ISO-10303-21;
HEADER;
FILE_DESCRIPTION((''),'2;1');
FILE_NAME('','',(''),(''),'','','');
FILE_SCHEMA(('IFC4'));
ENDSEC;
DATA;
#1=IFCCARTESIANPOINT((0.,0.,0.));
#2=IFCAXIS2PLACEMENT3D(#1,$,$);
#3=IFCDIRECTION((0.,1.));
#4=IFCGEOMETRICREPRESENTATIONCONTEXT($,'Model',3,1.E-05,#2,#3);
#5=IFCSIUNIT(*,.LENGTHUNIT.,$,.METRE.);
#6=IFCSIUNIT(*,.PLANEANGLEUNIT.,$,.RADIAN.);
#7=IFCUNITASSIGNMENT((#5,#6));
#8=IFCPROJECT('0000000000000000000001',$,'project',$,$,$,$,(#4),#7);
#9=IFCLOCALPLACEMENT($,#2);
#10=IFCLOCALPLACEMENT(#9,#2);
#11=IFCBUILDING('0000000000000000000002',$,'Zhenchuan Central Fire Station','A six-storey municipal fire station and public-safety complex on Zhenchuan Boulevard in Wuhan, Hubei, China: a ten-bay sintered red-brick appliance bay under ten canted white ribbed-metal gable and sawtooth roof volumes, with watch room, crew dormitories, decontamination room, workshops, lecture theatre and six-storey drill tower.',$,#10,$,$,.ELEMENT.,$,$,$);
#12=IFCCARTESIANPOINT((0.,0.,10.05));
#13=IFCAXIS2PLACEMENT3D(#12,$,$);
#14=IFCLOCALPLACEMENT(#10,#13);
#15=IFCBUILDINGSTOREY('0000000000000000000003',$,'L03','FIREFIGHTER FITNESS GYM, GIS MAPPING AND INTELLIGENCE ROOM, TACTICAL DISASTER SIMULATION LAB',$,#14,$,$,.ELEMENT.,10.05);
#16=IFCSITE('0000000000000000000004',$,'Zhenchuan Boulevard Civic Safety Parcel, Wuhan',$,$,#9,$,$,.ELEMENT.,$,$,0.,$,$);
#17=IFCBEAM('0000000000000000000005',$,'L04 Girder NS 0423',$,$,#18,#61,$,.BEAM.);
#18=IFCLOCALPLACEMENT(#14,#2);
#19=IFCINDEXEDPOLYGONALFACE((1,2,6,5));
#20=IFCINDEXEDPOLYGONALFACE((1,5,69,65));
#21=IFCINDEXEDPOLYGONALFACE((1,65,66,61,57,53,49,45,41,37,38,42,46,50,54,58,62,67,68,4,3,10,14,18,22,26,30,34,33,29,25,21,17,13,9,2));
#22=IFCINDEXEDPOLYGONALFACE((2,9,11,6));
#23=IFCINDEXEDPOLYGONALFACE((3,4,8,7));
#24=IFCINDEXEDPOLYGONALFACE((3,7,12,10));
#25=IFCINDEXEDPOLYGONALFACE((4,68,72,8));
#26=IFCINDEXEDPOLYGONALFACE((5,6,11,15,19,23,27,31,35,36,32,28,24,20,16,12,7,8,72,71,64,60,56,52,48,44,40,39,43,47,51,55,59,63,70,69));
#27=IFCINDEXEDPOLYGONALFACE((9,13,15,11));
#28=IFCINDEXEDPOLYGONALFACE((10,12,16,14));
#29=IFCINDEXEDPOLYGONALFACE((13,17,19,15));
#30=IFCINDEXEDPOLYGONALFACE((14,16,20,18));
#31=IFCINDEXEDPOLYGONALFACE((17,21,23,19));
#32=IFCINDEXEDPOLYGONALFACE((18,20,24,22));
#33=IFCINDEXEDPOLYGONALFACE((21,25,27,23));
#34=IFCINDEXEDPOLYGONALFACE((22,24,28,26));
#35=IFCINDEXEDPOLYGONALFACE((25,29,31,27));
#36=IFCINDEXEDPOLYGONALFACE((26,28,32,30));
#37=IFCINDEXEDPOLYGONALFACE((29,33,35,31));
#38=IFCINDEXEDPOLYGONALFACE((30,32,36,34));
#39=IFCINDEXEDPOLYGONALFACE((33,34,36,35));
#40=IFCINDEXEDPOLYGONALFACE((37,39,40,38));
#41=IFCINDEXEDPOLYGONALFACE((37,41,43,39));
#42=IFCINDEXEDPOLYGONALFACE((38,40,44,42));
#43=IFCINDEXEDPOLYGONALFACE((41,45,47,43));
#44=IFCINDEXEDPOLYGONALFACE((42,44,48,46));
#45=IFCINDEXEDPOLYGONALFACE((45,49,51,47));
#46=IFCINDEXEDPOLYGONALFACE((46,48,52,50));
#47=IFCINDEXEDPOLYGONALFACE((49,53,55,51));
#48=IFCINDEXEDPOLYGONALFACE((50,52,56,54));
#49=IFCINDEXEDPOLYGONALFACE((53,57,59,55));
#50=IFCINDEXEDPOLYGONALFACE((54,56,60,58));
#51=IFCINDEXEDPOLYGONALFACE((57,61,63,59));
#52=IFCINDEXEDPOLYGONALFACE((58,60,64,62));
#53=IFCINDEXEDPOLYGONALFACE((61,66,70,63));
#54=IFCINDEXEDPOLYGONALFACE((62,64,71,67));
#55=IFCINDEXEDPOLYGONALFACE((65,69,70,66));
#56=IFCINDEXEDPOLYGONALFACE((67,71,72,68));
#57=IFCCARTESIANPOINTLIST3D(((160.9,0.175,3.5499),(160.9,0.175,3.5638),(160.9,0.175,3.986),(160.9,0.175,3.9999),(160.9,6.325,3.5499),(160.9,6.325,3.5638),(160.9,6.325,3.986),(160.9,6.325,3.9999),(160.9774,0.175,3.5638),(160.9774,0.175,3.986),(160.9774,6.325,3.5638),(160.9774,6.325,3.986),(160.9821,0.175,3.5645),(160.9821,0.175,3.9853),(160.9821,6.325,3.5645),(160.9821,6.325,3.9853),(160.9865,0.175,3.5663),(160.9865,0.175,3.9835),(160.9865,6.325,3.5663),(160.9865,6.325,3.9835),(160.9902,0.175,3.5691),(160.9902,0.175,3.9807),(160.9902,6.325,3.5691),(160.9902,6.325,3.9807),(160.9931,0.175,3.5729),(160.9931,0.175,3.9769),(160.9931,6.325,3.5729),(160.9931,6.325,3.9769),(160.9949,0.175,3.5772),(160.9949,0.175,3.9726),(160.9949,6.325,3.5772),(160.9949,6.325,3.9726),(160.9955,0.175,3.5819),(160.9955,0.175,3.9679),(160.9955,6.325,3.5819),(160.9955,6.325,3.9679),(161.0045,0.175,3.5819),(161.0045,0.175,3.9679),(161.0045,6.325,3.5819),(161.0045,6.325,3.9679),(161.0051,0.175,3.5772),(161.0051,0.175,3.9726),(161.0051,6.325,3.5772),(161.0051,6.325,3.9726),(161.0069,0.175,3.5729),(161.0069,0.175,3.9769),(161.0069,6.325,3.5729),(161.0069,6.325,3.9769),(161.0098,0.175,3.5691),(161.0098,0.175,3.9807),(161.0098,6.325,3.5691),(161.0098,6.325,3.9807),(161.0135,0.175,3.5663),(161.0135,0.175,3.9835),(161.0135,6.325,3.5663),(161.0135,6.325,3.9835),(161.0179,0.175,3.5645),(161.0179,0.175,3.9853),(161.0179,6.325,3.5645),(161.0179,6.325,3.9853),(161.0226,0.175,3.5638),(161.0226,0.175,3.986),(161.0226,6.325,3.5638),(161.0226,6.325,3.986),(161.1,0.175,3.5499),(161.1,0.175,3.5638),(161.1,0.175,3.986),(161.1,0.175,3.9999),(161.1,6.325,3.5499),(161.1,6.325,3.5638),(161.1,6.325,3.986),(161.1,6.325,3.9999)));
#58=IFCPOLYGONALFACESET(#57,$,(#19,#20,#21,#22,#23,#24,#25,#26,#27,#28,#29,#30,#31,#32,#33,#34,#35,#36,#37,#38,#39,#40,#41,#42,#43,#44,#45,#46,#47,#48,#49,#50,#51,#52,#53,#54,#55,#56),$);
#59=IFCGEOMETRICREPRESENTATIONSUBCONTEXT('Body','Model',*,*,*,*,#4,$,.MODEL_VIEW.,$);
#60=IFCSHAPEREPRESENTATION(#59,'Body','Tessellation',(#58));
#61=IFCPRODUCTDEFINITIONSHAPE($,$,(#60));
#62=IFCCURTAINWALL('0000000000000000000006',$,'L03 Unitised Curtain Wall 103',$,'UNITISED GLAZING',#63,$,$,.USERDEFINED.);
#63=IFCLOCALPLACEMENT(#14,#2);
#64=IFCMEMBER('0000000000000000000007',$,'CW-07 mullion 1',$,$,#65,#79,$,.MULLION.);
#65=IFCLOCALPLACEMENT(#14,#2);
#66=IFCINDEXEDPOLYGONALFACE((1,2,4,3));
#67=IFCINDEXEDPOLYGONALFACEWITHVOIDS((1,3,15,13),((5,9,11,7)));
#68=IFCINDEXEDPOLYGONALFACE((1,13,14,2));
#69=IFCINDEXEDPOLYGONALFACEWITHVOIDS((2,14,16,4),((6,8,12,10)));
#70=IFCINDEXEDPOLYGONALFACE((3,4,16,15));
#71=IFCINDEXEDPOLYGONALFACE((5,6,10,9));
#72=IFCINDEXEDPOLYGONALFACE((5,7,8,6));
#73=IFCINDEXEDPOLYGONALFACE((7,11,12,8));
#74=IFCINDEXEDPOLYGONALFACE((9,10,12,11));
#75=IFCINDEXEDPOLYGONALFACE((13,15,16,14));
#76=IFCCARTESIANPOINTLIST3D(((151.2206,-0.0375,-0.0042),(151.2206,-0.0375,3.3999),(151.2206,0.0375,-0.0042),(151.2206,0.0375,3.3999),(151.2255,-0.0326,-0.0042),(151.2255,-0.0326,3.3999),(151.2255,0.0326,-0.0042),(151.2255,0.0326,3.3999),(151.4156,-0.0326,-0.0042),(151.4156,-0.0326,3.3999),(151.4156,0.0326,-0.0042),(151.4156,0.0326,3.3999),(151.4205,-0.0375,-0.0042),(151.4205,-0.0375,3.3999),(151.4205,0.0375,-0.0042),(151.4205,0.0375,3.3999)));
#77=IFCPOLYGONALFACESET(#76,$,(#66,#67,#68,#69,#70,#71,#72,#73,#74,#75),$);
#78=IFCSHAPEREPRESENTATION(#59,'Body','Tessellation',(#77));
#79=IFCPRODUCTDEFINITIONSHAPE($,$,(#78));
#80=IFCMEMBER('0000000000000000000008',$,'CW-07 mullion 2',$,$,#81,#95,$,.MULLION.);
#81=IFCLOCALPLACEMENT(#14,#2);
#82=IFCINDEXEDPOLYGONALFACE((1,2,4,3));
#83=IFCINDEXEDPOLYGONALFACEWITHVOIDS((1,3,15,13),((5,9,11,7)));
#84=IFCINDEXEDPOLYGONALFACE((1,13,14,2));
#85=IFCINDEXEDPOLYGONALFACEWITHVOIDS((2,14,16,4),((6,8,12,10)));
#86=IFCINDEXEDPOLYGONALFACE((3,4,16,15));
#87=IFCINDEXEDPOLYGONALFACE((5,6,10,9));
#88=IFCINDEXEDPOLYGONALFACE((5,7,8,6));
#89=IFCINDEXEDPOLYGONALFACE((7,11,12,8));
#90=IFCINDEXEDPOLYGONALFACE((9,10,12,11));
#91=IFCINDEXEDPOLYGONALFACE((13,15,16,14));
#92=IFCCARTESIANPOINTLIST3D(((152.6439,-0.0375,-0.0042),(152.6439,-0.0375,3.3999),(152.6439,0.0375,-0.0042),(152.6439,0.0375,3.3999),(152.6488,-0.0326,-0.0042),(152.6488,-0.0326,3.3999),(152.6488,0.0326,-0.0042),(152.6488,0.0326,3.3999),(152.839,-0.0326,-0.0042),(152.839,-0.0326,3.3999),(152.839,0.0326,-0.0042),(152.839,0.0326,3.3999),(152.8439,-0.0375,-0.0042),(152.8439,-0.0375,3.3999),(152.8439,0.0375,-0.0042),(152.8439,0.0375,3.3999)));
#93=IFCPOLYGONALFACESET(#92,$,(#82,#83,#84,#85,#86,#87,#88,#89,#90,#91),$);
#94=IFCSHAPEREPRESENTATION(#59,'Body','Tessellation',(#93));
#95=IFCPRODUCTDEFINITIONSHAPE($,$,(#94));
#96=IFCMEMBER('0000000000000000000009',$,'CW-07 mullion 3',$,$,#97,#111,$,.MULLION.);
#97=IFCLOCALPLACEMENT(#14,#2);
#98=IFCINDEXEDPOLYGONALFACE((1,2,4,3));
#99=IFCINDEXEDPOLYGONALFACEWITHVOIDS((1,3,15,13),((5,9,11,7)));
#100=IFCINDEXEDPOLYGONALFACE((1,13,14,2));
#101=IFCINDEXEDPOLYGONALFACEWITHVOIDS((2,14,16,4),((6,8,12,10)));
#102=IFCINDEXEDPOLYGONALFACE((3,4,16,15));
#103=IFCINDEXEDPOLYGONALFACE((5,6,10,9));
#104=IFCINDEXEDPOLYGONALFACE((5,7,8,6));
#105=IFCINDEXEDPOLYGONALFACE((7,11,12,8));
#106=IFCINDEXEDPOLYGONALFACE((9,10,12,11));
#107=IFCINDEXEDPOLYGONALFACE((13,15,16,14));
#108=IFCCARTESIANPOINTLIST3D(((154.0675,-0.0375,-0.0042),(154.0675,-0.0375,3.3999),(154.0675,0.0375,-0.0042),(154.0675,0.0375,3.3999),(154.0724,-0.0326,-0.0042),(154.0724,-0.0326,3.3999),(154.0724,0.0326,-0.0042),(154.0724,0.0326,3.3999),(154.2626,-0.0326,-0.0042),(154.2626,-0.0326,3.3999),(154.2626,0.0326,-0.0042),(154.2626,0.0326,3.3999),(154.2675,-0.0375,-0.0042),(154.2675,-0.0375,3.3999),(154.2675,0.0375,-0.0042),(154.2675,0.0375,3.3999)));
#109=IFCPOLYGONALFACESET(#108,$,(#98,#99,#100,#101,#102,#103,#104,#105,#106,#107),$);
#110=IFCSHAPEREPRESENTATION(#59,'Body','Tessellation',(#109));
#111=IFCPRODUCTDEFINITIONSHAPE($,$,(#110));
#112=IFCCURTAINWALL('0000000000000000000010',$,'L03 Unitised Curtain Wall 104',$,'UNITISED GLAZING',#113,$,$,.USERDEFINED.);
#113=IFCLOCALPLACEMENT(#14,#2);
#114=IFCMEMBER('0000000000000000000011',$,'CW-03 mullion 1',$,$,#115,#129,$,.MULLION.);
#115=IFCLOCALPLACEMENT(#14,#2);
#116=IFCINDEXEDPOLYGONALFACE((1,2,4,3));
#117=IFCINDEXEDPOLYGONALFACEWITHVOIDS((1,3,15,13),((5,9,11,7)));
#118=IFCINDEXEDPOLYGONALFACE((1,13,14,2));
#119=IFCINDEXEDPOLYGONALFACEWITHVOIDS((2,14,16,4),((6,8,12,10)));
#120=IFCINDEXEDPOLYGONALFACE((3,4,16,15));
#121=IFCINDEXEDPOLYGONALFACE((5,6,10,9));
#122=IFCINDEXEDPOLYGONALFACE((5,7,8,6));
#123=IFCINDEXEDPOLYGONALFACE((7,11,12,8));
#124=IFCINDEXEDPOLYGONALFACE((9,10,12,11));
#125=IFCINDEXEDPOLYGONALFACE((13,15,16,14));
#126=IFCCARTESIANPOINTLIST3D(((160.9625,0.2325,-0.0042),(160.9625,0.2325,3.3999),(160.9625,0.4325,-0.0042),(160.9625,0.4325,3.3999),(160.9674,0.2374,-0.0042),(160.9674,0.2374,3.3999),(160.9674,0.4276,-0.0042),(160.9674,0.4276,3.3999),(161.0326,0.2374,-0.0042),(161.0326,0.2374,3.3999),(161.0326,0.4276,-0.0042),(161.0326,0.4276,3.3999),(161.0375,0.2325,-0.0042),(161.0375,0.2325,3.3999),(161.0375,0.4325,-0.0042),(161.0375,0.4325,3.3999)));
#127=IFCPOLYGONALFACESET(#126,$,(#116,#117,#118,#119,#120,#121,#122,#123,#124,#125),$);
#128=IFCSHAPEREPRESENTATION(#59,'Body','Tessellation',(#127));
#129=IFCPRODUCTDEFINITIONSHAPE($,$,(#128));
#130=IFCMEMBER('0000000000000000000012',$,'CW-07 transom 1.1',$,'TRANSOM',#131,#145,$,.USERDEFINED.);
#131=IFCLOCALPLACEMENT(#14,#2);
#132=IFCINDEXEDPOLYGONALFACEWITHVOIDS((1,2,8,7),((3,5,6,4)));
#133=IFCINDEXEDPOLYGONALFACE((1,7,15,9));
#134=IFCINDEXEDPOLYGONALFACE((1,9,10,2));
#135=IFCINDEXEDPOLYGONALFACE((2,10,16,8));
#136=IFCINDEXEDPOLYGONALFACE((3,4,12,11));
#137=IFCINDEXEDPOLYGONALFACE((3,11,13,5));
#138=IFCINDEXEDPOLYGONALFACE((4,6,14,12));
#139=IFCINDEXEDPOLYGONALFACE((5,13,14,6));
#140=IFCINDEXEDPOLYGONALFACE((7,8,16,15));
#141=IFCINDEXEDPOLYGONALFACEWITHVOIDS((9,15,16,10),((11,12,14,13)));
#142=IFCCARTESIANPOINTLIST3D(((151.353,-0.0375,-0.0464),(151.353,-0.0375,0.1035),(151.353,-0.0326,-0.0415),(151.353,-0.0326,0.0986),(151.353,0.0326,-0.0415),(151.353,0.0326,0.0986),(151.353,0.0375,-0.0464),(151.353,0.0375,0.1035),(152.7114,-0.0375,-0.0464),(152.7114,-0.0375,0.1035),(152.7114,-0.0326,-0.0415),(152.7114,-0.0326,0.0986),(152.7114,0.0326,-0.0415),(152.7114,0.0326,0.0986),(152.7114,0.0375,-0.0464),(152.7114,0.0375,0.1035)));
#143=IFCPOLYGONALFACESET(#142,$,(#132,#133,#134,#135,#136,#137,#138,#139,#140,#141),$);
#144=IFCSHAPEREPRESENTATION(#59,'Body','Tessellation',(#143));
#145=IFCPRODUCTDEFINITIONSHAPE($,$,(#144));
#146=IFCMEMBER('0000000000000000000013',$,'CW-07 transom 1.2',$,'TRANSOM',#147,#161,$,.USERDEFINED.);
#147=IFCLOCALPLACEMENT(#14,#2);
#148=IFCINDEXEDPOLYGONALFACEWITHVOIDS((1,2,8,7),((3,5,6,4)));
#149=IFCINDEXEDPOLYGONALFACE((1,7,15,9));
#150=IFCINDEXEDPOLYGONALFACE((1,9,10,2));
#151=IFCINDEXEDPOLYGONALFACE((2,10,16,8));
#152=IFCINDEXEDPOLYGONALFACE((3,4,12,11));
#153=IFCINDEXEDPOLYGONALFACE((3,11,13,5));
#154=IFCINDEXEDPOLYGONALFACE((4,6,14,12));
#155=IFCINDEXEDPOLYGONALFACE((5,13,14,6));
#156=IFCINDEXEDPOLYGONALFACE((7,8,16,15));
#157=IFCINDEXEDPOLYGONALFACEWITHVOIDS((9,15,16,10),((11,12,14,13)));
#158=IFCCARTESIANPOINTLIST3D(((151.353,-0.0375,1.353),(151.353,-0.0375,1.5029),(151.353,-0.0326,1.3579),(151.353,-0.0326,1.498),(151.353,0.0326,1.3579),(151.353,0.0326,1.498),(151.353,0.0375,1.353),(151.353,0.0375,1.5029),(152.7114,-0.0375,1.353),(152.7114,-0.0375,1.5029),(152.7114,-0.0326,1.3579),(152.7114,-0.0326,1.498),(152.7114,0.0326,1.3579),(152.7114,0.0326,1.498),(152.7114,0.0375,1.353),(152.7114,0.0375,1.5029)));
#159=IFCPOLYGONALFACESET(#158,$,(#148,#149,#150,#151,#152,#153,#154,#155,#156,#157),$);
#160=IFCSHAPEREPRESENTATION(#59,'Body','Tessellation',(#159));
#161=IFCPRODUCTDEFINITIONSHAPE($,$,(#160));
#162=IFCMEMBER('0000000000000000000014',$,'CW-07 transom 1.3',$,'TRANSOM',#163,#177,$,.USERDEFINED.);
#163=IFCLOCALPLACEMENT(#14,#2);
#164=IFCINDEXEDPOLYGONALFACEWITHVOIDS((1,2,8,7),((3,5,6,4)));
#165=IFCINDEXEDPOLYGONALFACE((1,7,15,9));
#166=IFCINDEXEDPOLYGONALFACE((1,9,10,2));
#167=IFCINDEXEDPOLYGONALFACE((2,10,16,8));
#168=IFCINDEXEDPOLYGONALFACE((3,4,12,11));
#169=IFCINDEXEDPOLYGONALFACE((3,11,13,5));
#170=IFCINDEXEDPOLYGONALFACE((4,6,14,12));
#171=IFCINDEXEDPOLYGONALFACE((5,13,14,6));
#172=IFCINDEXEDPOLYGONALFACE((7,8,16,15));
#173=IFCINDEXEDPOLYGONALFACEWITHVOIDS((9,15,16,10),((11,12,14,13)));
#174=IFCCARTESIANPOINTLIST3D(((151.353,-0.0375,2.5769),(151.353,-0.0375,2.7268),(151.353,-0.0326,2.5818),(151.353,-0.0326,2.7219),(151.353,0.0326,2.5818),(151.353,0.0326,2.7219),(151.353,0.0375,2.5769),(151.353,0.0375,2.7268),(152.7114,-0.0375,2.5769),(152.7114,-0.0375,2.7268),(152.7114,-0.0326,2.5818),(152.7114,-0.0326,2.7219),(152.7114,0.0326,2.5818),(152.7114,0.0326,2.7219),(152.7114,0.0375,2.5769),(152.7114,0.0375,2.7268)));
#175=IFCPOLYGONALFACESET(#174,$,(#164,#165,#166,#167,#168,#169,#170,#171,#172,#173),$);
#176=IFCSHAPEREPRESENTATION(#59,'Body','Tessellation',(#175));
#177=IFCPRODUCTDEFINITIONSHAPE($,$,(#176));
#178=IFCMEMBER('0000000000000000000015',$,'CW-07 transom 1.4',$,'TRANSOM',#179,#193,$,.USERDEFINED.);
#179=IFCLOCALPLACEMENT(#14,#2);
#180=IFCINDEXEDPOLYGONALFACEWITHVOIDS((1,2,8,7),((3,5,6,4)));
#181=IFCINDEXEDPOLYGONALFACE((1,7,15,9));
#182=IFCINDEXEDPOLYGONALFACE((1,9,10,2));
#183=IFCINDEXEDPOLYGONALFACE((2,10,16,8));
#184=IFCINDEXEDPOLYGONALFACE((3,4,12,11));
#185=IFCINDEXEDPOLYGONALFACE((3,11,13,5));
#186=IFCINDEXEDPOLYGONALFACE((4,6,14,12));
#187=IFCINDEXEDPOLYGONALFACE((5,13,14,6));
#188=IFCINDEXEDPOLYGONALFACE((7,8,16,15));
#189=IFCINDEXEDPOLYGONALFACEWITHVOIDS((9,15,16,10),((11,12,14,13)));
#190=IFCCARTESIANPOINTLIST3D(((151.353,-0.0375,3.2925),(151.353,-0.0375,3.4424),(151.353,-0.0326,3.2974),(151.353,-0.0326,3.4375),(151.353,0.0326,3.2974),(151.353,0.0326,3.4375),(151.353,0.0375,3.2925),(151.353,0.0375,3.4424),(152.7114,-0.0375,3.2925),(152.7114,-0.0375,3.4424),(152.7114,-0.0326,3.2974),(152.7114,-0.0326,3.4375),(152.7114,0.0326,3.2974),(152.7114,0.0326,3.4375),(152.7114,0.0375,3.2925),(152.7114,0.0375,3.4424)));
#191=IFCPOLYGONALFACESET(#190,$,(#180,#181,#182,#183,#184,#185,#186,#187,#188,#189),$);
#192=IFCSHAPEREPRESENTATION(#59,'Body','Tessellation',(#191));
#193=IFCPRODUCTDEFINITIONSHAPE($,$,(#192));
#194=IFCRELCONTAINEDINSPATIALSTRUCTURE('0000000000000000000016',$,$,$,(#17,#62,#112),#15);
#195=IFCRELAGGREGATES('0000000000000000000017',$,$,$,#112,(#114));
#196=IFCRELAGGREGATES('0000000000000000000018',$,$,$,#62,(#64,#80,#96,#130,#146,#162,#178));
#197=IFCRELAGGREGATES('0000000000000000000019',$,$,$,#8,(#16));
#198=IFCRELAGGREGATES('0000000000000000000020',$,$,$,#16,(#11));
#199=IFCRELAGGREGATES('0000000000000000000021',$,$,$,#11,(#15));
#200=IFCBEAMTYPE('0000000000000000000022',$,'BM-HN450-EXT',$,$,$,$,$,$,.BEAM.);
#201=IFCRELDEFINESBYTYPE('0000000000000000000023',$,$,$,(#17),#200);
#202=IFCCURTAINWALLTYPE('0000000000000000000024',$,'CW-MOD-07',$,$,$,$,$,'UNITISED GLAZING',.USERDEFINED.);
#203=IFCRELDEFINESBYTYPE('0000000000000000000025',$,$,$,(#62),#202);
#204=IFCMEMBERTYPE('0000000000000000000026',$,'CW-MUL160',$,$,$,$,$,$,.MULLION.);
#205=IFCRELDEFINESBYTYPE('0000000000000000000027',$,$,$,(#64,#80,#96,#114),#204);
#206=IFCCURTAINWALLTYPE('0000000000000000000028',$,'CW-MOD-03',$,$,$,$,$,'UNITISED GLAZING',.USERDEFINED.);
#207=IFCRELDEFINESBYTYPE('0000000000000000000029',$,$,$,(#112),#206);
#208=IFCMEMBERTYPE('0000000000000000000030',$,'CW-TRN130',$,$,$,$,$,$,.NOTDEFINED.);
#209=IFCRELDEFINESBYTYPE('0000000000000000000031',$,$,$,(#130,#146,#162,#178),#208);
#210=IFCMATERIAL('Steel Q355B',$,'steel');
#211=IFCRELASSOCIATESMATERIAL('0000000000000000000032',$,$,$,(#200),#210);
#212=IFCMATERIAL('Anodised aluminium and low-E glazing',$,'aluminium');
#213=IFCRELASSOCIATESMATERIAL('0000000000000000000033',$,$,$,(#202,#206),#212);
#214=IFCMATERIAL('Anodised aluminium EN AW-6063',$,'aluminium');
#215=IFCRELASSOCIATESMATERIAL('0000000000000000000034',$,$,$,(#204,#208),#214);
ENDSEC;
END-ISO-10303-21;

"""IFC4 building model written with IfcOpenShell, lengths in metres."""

from ifc_helpers import new_model, si_unit, direction, frame, origin, origin_2d, place, context, subcontext, project, spatial, hollow_rectangle, i_section, extrude, material, material_profile, profile_set, type_object, element, aggregate, save


model = new_model("IFC4")

# Units and contexts
model_context = context("Model", 3, precision=1e-05, world=origin(), true_north=direction((0.0, 1.0)))
body_context = subcontext(model_context, "Body", "Model", "MODEL_VIEW")
ifc_project = project(units=[si_unit("LENGTHUNIT", "METRE"), si_unit("PLANEANGLEUNIT", "RADIAN")], contexts=[model_context])

# Site, building, storey
site_placement = place(None, origin())
site = spatial("IfcSite", under=ifc_project, at=site_placement, Name="Zhenchuan Boulevard Civic Safety Parcel, Wuhan", CompositionType="ELEMENT", RefElevation=0.0)
building_placement = place(site_placement, origin())
building = spatial("IfcBuilding", under=site, at=building_placement, Name="Zhenchuan Central Fire Station", Description="A six-storey municipal fire station and public-safety complex on Zhenchuan Boulevard in Wuhan, Hubei, China: a ten-bay sintered red-brick appliance bay under ten canted white ribbed-metal gable and sawtooth roof volumes, with watch room, crew dormitories, decontamination room, workshops, lecture theatre and six-storey drill tower.", CompositionType="ELEMENT")
storey_placement = place(building_placement, frame((0.0, 0.0, 10.05)))
storey = spatial("IfcBuildingStorey", under=building, at=storey_placement, Name="L03", Description="FIREFIGHTER FITNESS GYM, GIS MAPPING AND INTELLIGENCE ROOM, TACTICAL DISASTER SIMULATION LAB", CompositionType="ELEMENT", Elevation=10.05)

# Shared definitions
ifc_material_1 = material(Name="Steel Q355B", Category="steel")

# Beam
ifc_material_profile_1 = material_profile(ifc_material_1, i_section(OverallWidth=0.2, OverallDepth=0.45, WebThickness=0.009, FlangeThickness=0.0139, FilletRadius=0.0181, at=origin_2d()), Name="HN 450x200")
ifc_profile_set_1 = profile_set([ifc_material_profile_1], Name="Steel Q355B")
beam_type_1 = type_object("IfcBeamType", Name="BM-HN450-EXT", PredefinedType="BEAM", material=ifc_profile_set_1)
beam_1_placement = place(storey_placement, frame((161.0, 0.175, 3.7749), z_axis=(0.0, 1.0, 0.0), x_axis=(-1.0, 0.0, 0.0)))
element("IfcBeam", 1, at=beam_1_placement, inside=storey, type_object=beam_type_1, Name="L04 Girder NS 0423", PredefinedType="BEAM", context=body_context, shape_type="SweptSolid", body=[
    extrude(i_section(OverallWidth=0.2, OverallDepth=0.45, WebThickness=0.009, FlangeThickness=0.0139, FilletRadius=0.0181, at=origin_2d()), origin(), (0.0, 0.0, 1.0), 6.1499),
])

# Curtain wall, members
ifc_material_2 = material(Name="Anodised aluminium and low-E glazing", Category="aluminium")
curtain_wall_type_1 = type_object("IfcCurtainWallType", Name="CW-MOD-07", ElementType="UNITISED GLAZING", PredefinedType="USERDEFINED", material=ifc_material_2)
curtain_wall_1_placement = place(storey_placement, origin())
curtain_wall_1 = element("IfcCurtainWall", 2, at=curtain_wall_1_placement, inside=storey, type_object=curtain_wall_type_1, Name="L03 Unitised Curtain Wall 103", ObjectType="UNITISED GLAZING", PredefinedType="USERDEFINED")
ifc_material_3 = material(Name="Anodised aluminium EN AW-6063", Category="aluminium")
ifc_material_profile_2 = material_profile(ifc_material_3, hollow_rectangle(XDim=0.075, YDim=0.2, WallThickness=0.0049, at=origin_2d()), Name="ALU-M 200x75")
ifc_profile_set_2 = profile_set([ifc_material_profile_2], Name="Anodised aluminium EN AW-6063")
member_type_1 = type_object("IfcMemberType", Name="CW-MUL160", PredefinedType="MULLION", material=ifc_profile_set_2)
member_1_placement = place(storey_placement, frame((151.3206, 0.0, -0.0042), z_axis=(0.0, 0.0, 1.0), x_axis=(0.0, 1.0, 0.0)))
member_1 = element("IfcMember", 3, at=member_1_placement, type_object=member_type_1, Name="CW-07 mullion 1", PredefinedType="MULLION", context=body_context, shape_type="SweptSolid", body=[
    extrude(hollow_rectangle(XDim=0.075, YDim=0.2, WallThickness=0.0049, at=origin_2d()), origin(), (0.0, 0.0, 1.0), 3.4041),
])
member_2_placement = place(storey_placement, frame((152.7439, 0.0, -0.0042), z_axis=(0.0, 0.0, 1.0), x_axis=(0.0, 1.0, 0.0)))
member_2 = element("IfcMember", 4, at=member_2_placement, type_object=member_type_1, Name="CW-07 mullion 2", PredefinedType="MULLION", context=body_context, shape_type="SweptSolid", body=[
    extrude(hollow_rectangle(XDim=0.075, YDim=0.2, WallThickness=0.0049, at=origin_2d()), origin(), (0.0, 0.0, 1.0), 3.4041),
])
member_3_placement = place(storey_placement, frame((154.1675, 0.0, -0.0042), z_axis=(0.0, 0.0, 1.0), x_axis=(0.0, 1.0, 0.0)))
member_3 = element("IfcMember", 5, at=member_3_placement, type_object=member_type_1, Name="CW-07 mullion 3", PredefinedType="MULLION", context=body_context, shape_type="SweptSolid", body=[
    extrude(hollow_rectangle(XDim=0.075, YDim=0.2, WallThickness=0.0049, at=origin_2d()), origin(), (0.0, 0.0, 1.0), 3.4041),
])

# Curtain wall, member
curtain_wall_type_2 = type_object("IfcCurtainWallType", Name="CW-MOD-03", ElementType="UNITISED GLAZING", PredefinedType="USERDEFINED", material=ifc_material_2)
curtain_wall_2_placement = place(storey_placement, origin())
curtain_wall_2 = element("IfcCurtainWall", 6, at=curtain_wall_2_placement, inside=storey, type_object=curtain_wall_type_2, Name="L03 Unitised Curtain Wall 104", ObjectType="UNITISED GLAZING", PredefinedType="USERDEFINED")
member_4_placement = place(storey_placement, frame((161.0, 0.3325, -0.0042), z_axis=(0.0, 0.0, 1.0), x_axis=(-1.0, 0.0, 0.0)))
member_4 = element("IfcMember", 7, at=member_4_placement, type_object=member_type_1, Name="CW-03 mullion 1", PredefinedType="MULLION", context=body_context, shape_type="SweptSolid", body=[
    extrude(hollow_rectangle(XDim=0.075, YDim=0.2, WallThickness=0.0049, at=origin_2d()), origin(), (0.0, 0.0, 1.0), 3.4041),
])
aggregate(curtain_wall_2, [member_4])

# Members
ifc_material_profile_3 = material_profile(ifc_material_3, hollow_rectangle(XDim=0.075, YDim=0.1499, WallThickness=0.0049, at=origin_2d()), Name="ALU-T 150x75")
ifc_profile_set_3 = profile_set([ifc_material_profile_3], Name="Anodised aluminium EN AW-6063")
member_type_2 = type_object("IfcMemberType", Name="CW-TRN130", PredefinedType="NOTDEFINED", material=ifc_profile_set_3)
member_5_placement = place(storey_placement, frame((151.353, 0.0, 0.0286), z_axis=(1.0, 0.0, 0.0), x_axis=(0.0, 1.0, 0.0)))
member_5 = element("IfcMember", 8, at=member_5_placement, type_object=member_type_2, Name="CW-07 transom 1.1", ObjectType="TRANSOM", PredefinedType="USERDEFINED", context=body_context, shape_type="SweptSolid", body=[
    extrude(hollow_rectangle(XDim=0.075, YDim=0.1499, WallThickness=0.0049, at=origin_2d()), origin(), (0.0, 0.0, 1.0), 1.3584),
])
member_6_placement = place(storey_placement, frame((151.353, 0.0, 1.428), z_axis=(1.0, 0.0, 0.0), x_axis=(0.0, 1.0, 0.0)))
member_6 = element("IfcMember", 9, at=member_6_placement, type_object=member_type_2, Name="CW-07 transom 1.2", ObjectType="TRANSOM", PredefinedType="USERDEFINED", context=body_context, shape_type="SweptSolid", body=[
    extrude(hollow_rectangle(XDim=0.075, YDim=0.1499, WallThickness=0.0049, at=origin_2d()), origin(), (0.0, 0.0, 1.0), 1.3584),
])
member_7_placement = place(storey_placement, frame((151.353, 0.0, 2.6519), z_axis=(1.0, 0.0, 0.0), x_axis=(0.0, 1.0, 0.0)))
member_7 = element("IfcMember", 10, at=member_7_placement, type_object=member_type_2, Name="CW-07 transom 1.3", ObjectType="TRANSOM", PredefinedType="USERDEFINED", context=body_context, shape_type="SweptSolid", body=[
    extrude(hollow_rectangle(XDim=0.075, YDim=0.1499, WallThickness=0.0049, at=origin_2d()), origin(), (0.0, 0.0, 1.0), 1.3584),
])
member_8_placement = place(storey_placement, frame((151.353, 0.0, 3.3674), z_axis=(1.0, 0.0, 0.0), x_axis=(0.0, 1.0, 0.0)))
member_8 = element("IfcMember", 11, at=member_8_placement, type_object=member_type_2, Name="CW-07 transom 1.4", ObjectType="TRANSOM", PredefinedType="USERDEFINED", context=body_context, shape_type="SweptSolid", body=[
    extrude(hollow_rectangle(XDim=0.075, YDim=0.1499, WallThickness=0.0049, at=origin_2d()), origin(), (0.0, 0.0, 1.0), 1.3584),
])

aggregate(curtain_wall_1, [member_1, member_2, member_3, member_5, member_6, member_7, member_8])

save(model, "model.ifc")
